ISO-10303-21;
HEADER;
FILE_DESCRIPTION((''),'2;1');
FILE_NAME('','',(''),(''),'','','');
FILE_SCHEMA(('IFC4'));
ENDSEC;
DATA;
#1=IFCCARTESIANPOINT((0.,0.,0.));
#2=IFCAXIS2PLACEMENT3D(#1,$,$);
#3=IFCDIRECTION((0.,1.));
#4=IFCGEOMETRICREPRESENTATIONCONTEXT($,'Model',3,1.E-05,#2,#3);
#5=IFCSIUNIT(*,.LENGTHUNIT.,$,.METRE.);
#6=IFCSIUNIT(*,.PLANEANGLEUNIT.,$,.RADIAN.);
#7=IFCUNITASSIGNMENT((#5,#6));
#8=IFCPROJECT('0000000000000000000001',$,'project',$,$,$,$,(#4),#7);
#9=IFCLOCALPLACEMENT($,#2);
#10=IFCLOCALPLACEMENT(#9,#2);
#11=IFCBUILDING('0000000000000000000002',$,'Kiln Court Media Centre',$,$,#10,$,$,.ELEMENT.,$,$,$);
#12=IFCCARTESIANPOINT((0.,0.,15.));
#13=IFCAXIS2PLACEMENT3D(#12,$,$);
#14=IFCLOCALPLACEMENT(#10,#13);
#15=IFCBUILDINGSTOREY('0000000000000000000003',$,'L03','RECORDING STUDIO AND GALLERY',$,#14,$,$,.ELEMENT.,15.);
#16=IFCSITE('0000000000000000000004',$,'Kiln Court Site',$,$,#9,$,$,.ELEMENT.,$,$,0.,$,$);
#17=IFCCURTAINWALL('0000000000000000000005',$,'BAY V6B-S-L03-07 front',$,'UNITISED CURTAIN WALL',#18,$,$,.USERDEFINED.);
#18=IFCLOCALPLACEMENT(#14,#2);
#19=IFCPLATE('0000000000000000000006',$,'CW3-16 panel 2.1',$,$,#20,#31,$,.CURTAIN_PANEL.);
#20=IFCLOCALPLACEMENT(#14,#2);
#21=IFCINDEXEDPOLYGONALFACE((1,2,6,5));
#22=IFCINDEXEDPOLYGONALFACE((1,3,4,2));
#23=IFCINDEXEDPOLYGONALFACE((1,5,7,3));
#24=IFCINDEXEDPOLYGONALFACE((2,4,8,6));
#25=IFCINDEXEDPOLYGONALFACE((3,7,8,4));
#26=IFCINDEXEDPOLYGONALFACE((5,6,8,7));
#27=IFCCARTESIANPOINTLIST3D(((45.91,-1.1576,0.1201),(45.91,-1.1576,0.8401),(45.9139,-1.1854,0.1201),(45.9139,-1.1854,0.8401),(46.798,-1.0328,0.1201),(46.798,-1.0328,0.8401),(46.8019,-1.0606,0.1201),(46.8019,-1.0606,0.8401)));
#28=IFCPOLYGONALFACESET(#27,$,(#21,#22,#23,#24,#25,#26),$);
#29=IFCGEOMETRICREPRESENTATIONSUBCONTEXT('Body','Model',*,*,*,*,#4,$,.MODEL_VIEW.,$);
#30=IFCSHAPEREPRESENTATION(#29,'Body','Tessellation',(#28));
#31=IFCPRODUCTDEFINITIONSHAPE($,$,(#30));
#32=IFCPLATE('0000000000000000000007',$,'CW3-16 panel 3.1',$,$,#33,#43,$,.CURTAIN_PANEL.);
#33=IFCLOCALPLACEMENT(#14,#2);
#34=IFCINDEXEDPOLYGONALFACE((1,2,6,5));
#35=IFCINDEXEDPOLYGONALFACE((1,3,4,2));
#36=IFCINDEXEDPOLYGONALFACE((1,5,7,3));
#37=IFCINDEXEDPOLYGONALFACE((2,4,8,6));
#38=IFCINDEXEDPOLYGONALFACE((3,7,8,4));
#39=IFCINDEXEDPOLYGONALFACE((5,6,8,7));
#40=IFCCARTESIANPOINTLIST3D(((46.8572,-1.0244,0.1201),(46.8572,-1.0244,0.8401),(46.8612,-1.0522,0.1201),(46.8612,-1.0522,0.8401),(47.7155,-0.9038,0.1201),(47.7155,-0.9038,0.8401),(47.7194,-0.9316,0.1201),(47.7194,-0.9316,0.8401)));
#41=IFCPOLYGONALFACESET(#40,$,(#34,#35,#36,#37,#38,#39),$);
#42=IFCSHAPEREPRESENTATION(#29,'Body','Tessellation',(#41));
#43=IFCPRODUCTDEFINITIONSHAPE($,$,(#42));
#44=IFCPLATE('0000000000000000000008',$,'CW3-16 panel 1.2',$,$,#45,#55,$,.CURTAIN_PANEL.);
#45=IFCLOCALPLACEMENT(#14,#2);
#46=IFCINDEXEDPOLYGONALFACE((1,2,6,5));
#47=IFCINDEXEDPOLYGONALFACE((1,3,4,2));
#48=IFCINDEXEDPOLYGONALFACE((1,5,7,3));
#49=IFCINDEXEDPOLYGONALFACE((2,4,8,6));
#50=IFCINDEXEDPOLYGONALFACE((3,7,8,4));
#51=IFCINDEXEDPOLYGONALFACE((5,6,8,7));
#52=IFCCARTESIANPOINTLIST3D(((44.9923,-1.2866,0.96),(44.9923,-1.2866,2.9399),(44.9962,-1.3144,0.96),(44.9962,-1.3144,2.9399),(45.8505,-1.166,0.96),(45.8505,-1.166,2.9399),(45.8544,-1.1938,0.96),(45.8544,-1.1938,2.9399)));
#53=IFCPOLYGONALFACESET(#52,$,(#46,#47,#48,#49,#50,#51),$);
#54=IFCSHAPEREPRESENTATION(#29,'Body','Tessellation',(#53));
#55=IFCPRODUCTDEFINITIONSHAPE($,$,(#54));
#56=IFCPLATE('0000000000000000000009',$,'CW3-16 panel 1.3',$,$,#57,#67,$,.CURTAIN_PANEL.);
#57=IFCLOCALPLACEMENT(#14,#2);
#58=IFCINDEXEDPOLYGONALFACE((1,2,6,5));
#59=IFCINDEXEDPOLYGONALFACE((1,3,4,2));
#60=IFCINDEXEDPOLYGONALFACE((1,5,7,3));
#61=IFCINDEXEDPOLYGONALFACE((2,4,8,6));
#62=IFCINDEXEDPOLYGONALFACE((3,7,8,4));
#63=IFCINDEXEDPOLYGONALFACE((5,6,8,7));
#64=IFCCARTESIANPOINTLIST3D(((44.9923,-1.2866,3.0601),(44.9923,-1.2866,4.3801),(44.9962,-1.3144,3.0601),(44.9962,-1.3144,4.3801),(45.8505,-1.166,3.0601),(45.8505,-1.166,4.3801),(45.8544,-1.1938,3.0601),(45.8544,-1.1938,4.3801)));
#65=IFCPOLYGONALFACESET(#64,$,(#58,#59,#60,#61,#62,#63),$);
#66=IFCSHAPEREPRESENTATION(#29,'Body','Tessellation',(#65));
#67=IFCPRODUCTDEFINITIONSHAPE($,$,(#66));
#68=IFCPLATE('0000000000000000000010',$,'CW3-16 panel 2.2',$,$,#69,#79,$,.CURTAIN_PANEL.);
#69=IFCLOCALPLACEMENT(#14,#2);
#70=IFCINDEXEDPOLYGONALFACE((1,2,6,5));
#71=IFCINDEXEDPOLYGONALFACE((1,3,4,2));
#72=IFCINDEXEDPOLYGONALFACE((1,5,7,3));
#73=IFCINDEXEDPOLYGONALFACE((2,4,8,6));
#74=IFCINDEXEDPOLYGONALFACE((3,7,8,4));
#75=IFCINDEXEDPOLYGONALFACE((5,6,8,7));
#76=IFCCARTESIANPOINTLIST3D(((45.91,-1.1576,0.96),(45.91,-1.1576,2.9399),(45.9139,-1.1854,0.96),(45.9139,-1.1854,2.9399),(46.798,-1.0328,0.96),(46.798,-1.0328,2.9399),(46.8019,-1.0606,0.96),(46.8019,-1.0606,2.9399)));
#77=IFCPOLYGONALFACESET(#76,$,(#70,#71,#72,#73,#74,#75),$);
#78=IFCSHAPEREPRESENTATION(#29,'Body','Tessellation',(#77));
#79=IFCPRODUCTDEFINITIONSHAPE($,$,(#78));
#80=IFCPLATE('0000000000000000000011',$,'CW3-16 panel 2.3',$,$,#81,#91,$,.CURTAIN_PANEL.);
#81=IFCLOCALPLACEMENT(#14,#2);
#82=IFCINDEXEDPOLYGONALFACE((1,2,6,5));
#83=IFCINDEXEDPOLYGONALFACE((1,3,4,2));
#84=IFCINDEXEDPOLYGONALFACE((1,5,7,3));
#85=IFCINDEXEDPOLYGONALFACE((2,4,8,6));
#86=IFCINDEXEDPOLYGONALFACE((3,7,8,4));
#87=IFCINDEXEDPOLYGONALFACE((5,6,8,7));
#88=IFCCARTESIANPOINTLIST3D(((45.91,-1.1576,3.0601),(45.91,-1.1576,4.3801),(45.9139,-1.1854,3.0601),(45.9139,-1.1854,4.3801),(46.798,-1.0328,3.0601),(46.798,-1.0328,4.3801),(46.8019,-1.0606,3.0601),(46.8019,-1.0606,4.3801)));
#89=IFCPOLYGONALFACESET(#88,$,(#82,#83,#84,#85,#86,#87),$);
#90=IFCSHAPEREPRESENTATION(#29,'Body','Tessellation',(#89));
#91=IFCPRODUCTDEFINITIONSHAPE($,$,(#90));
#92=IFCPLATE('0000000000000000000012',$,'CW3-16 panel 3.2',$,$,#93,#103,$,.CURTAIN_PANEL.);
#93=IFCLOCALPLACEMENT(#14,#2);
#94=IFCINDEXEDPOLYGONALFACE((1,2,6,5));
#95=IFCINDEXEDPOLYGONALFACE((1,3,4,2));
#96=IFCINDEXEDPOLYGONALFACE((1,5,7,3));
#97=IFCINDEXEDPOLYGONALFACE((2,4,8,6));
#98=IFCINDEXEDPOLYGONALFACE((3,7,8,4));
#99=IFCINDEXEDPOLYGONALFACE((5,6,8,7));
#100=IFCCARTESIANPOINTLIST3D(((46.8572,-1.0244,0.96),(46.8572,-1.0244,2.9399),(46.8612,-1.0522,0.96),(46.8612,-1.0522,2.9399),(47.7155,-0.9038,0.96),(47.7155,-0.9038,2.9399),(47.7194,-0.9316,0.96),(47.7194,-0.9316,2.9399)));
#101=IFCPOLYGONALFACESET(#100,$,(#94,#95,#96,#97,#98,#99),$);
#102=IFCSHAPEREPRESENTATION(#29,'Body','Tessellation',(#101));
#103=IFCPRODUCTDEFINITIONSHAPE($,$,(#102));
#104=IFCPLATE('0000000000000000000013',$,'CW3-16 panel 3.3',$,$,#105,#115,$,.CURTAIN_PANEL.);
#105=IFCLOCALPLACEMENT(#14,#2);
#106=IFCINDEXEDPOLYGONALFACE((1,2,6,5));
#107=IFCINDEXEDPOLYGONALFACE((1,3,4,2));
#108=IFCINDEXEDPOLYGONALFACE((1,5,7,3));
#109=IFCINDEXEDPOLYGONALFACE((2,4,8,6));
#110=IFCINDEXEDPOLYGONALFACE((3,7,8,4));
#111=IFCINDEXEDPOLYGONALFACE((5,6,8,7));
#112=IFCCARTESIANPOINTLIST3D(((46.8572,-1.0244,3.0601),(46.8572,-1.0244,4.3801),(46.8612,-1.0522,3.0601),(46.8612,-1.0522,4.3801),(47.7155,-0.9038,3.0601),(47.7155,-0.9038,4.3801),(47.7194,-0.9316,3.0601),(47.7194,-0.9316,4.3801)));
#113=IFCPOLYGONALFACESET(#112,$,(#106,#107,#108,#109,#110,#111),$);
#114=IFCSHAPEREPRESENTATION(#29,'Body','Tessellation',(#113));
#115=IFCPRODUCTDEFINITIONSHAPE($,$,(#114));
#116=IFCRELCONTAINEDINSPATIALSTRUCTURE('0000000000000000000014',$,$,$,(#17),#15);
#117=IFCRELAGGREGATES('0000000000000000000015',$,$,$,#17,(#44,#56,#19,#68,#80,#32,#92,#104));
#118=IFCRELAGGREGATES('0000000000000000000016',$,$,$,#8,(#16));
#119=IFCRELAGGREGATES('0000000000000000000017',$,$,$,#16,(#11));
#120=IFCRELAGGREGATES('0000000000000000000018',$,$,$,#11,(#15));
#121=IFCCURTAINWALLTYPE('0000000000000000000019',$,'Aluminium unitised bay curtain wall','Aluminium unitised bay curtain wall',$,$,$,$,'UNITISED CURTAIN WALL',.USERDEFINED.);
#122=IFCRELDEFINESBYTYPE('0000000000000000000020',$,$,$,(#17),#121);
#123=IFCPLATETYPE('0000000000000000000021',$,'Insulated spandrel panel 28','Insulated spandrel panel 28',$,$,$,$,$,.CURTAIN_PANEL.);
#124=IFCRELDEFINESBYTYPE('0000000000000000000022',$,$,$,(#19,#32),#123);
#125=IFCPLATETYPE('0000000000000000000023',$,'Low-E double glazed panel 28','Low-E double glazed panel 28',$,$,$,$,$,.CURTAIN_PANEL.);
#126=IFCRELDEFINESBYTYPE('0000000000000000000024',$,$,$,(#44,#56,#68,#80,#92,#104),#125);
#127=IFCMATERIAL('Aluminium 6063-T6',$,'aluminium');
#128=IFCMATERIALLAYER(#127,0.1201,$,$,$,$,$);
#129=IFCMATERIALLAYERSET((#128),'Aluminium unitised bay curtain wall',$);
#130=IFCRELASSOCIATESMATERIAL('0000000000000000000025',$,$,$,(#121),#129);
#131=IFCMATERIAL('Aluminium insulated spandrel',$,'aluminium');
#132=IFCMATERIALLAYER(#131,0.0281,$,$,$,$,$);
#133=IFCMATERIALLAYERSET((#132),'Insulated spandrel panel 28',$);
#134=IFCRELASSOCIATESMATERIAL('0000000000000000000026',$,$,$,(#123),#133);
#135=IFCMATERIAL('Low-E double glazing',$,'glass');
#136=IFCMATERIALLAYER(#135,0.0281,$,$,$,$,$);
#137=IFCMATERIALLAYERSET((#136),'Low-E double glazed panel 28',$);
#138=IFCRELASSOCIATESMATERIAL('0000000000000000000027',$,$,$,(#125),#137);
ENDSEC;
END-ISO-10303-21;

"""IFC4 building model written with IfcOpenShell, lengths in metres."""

from ifc_helpers import new_model, si_unit, direction, frame, origin, origin_2d, place, context, subcontext, project, spatial, rectangle, extrude, material, layer, layer_set, type_object, element, aggregate, save


model = new_model("IFC4")

# Units and contexts
model_context = context("Model", 3, precision=1e-05, world=origin(), true_north=direction((0.0, 1.0)))
body_context = subcontext(model_context, "Body", "Model", "MODEL_VIEW")
ifc_project = project(units=[si_unit("LENGTHUNIT", "METRE"), si_unit("PLANEANGLEUNIT", "RADIAN")], contexts=[model_context])

# Site, building, storey
site_placement = place(None, origin())
site = spatial("IfcSite", under=ifc_project, at=site_placement, Name="Kiln Court Site", CompositionType="ELEMENT", RefElevation=0.0)
building_placement = place(site_placement, origin())
building = spatial("IfcBuilding", under=site, at=building_placement, Name="Kiln Court Media Centre", CompositionType="ELEMENT")
storey_placement = place(building_placement, frame((0.0, 0.0, 15.0)))
storey = spatial("IfcBuildingStorey", under=building, at=storey_placement, Name="L03", Description="RECORDING STUDIO AND GALLERY", CompositionType="ELEMENT", Elevation=15.0)

# Curtain wall, plates
ifc_material_1 = material(Name="Aluminium 6063-T6", Category="aluminium")
ifc_layer_1 = layer(ifc_material_1, 0.1201)
ifc_layer_set_1 = layer_set([ifc_layer_1], Name="Aluminium unitised bay curtain wall")
curtain_wall_type = type_object("IfcCurtainWallType", Name="Aluminium unitised bay curtain wall", Description="Aluminium unitised bay curtain wall", ElementType="UNITISED CURTAIN WALL", PredefinedType="USERDEFINED", material=ifc_layer_set_1)
curtain_wall_placement = place(storey_placement, origin())
curtain_wall = element("IfcCurtainWall", 1, at=curtain_wall_placement, inside=storey, type_object=curtain_wall_type, Name="BAY V6B-S-L03-07 front", ObjectType="UNITISED CURTAIN WALL", PredefinedType="USERDEFINED")
ifc_material_2 = material(Name="Aluminium insulated spandrel", Category="aluminium")
ifc_layer_2 = layer(ifc_material_2, 0.0281)
ifc_layer_set_2 = layer_set([ifc_layer_2], Name="Insulated spandrel panel 28")
plate_type_1 = type_object("IfcPlateType", Name="Insulated spandrel panel 28", Description="Insulated spandrel panel 28", PredefinedType="CURTAIN_PANEL", material=ifc_layer_set_2)
plate_1_placement = place(storey_placement, frame((46.356, -1.1091, 0.1201), z_axis=(0.0, 0.0, 1.0), x_axis=(0.99027, 0.139162, 0.0)))
plate_1 = element("IfcPlate", 2, at=plate_1_placement, type_object=plate_type_1, Name="CW3-16 panel 2.1", PredefinedType="CURTAIN_PANEL", context=body_context, shape_type="SweptSolid", body=[
    extrude(rectangle(XDim=0.8967, YDim=0.0281, at=origin_2d()), origin(), (0.0, 0.0, 1.0), 0.72),
])
plate_2_placement = place(storey_placement, frame((47.2883, -0.978, 0.1201), z_axis=(0.0, 0.0, 1.0), x_axis=(0.99027, 0.139162, 0.0)))
plate_2 = element("IfcPlate", 3, at=plate_2_placement, type_object=plate_type_1, Name="CW3-16 panel 3.1", PredefinedType="CURTAIN_PANEL", context=body_context, shape_type="SweptSolid", body=[
    extrude(rectangle(XDim=0.8667, YDim=0.0281, at=origin_2d()), origin(), (0.0, 0.0, 1.0), 0.72),
])
ifc_material_3 = material(Name="Low-E double glazing", Category="glass")
ifc_layer_3 = layer(ifc_material_3, 0.0281)
ifc_layer_set_3 = layer_set([ifc_layer_3], Name="Low-E double glazed panel 28")
plate_type_2 = type_object("IfcPlateType", Name="Low-E double glazed panel 28", Description="Low-E double glazed panel 28", PredefinedType="CURTAIN_PANEL", material=ifc_layer_set_3)
plate_3_placement = place(storey_placement, frame((45.4233, -1.2402, 0.96), z_axis=(0.0, 0.0, 1.0), x_axis=(0.99027, 0.139162, 0.0)))
plate_3 = element("IfcPlate", 4, at=plate_3_placement, type_object=plate_type_2, Name="CW3-16 panel 1.2", PredefinedType="CURTAIN_PANEL", context=body_context, shape_type="SweptSolid", body=[
    extrude(rectangle(XDim=0.8667, YDim=0.0281, at=origin_2d()), origin(), (0.0, 0.0, 1.0), 1.98),
])
plate_4_placement = place(storey_placement, frame((45.4233, -1.2402, 3.0601), z_axis=(0.0, 0.0, 1.0), x_axis=(0.99027, 0.139162, 0.0)))
plate_4 = element("IfcPlate", 5, at=plate_4_placement, type_object=plate_type_2, Name="CW3-16 panel 1.3", PredefinedType="CURTAIN_PANEL", context=body_context, shape_type="SweptSolid", body=[
    extrude(rectangle(XDim=0.8667, YDim=0.0281, at=origin_2d()), origin(), (0.0, 0.0, 1.0), 1.3201),
])
plate_5_placement = place(storey_placement, frame((46.356, -1.1091, 0.96), z_axis=(0.0, 0.0, 1.0), x_axis=(0.99027, 0.139162, 0.0)))
plate_5 = element("IfcPlate", 6, at=plate_5_placement, type_object=plate_type_2, Name="CW3-16 panel 2.2", PredefinedType="CURTAIN_PANEL", context=body_context, shape_type="SweptSolid", body=[
    extrude(rectangle(XDim=0.8967, YDim=0.0281, at=origin_2d()), origin(), (0.0, 0.0, 1.0), 1.98),
])
plate_6_placement = place(storey_placement, frame((46.356, -1.1091, 3.0601), z_axis=(0.0, 0.0, 1.0), x_axis=(0.99027, 0.139162, 0.0)))
plate_6 = element("IfcPlate", 7, at=plate_6_placement, type_object=plate_type_2, Name="CW3-16 panel 2.3", PredefinedType="CURTAIN_PANEL", context=body_context, shape_type="SweptSolid", body=[
    extrude(rectangle(XDim=0.8967, YDim=0.0281, at=origin_2d()), origin(), (0.0, 0.0, 1.0), 1.3201),
])
plate_7_placement = place(storey_placement, frame((47.2883, -0.978, 0.96), z_axis=(0.0, 0.0, 1.0), x_axis=(0.99027, 0.139162, 0.0)))
plate_7 = element("IfcPlate", 8, at=plate_7_placement, type_object=plate_type_2, Name="CW3-16 panel 3.2", PredefinedType="CURTAIN_PANEL", context=body_context, shape_type="SweptSolid", body=[
    extrude(rectangle(XDim=0.8667, YDim=0.0281, at=origin_2d()), origin(), (0.0, 0.0, 1.0), 1.98),
])
plate_8_placement = place(storey_placement, frame((47.2883, -0.978, 3.0601), z_axis=(0.0, 0.0, 1.0), x_axis=(0.99027, 0.139162, 0.0)))
plate_8 = element("IfcPlate", 9, at=plate_8_placement, type_object=plate_type_2, Name="CW3-16 panel 3.3", PredefinedType="CURTAIN_PANEL", context=body_context, shape_type="SweptSolid", body=[
    extrude(rectangle(XDim=0.8667, YDim=0.0281, at=origin_2d()), origin(), (0.0, 0.0, 1.0), 1.3201),
])
aggregate(curtain_wall, [plate_3, plate_4, plate_1, plate_5, plate_6, plate_2, plate_7, plate_8])

save(model, "model.ifc")
